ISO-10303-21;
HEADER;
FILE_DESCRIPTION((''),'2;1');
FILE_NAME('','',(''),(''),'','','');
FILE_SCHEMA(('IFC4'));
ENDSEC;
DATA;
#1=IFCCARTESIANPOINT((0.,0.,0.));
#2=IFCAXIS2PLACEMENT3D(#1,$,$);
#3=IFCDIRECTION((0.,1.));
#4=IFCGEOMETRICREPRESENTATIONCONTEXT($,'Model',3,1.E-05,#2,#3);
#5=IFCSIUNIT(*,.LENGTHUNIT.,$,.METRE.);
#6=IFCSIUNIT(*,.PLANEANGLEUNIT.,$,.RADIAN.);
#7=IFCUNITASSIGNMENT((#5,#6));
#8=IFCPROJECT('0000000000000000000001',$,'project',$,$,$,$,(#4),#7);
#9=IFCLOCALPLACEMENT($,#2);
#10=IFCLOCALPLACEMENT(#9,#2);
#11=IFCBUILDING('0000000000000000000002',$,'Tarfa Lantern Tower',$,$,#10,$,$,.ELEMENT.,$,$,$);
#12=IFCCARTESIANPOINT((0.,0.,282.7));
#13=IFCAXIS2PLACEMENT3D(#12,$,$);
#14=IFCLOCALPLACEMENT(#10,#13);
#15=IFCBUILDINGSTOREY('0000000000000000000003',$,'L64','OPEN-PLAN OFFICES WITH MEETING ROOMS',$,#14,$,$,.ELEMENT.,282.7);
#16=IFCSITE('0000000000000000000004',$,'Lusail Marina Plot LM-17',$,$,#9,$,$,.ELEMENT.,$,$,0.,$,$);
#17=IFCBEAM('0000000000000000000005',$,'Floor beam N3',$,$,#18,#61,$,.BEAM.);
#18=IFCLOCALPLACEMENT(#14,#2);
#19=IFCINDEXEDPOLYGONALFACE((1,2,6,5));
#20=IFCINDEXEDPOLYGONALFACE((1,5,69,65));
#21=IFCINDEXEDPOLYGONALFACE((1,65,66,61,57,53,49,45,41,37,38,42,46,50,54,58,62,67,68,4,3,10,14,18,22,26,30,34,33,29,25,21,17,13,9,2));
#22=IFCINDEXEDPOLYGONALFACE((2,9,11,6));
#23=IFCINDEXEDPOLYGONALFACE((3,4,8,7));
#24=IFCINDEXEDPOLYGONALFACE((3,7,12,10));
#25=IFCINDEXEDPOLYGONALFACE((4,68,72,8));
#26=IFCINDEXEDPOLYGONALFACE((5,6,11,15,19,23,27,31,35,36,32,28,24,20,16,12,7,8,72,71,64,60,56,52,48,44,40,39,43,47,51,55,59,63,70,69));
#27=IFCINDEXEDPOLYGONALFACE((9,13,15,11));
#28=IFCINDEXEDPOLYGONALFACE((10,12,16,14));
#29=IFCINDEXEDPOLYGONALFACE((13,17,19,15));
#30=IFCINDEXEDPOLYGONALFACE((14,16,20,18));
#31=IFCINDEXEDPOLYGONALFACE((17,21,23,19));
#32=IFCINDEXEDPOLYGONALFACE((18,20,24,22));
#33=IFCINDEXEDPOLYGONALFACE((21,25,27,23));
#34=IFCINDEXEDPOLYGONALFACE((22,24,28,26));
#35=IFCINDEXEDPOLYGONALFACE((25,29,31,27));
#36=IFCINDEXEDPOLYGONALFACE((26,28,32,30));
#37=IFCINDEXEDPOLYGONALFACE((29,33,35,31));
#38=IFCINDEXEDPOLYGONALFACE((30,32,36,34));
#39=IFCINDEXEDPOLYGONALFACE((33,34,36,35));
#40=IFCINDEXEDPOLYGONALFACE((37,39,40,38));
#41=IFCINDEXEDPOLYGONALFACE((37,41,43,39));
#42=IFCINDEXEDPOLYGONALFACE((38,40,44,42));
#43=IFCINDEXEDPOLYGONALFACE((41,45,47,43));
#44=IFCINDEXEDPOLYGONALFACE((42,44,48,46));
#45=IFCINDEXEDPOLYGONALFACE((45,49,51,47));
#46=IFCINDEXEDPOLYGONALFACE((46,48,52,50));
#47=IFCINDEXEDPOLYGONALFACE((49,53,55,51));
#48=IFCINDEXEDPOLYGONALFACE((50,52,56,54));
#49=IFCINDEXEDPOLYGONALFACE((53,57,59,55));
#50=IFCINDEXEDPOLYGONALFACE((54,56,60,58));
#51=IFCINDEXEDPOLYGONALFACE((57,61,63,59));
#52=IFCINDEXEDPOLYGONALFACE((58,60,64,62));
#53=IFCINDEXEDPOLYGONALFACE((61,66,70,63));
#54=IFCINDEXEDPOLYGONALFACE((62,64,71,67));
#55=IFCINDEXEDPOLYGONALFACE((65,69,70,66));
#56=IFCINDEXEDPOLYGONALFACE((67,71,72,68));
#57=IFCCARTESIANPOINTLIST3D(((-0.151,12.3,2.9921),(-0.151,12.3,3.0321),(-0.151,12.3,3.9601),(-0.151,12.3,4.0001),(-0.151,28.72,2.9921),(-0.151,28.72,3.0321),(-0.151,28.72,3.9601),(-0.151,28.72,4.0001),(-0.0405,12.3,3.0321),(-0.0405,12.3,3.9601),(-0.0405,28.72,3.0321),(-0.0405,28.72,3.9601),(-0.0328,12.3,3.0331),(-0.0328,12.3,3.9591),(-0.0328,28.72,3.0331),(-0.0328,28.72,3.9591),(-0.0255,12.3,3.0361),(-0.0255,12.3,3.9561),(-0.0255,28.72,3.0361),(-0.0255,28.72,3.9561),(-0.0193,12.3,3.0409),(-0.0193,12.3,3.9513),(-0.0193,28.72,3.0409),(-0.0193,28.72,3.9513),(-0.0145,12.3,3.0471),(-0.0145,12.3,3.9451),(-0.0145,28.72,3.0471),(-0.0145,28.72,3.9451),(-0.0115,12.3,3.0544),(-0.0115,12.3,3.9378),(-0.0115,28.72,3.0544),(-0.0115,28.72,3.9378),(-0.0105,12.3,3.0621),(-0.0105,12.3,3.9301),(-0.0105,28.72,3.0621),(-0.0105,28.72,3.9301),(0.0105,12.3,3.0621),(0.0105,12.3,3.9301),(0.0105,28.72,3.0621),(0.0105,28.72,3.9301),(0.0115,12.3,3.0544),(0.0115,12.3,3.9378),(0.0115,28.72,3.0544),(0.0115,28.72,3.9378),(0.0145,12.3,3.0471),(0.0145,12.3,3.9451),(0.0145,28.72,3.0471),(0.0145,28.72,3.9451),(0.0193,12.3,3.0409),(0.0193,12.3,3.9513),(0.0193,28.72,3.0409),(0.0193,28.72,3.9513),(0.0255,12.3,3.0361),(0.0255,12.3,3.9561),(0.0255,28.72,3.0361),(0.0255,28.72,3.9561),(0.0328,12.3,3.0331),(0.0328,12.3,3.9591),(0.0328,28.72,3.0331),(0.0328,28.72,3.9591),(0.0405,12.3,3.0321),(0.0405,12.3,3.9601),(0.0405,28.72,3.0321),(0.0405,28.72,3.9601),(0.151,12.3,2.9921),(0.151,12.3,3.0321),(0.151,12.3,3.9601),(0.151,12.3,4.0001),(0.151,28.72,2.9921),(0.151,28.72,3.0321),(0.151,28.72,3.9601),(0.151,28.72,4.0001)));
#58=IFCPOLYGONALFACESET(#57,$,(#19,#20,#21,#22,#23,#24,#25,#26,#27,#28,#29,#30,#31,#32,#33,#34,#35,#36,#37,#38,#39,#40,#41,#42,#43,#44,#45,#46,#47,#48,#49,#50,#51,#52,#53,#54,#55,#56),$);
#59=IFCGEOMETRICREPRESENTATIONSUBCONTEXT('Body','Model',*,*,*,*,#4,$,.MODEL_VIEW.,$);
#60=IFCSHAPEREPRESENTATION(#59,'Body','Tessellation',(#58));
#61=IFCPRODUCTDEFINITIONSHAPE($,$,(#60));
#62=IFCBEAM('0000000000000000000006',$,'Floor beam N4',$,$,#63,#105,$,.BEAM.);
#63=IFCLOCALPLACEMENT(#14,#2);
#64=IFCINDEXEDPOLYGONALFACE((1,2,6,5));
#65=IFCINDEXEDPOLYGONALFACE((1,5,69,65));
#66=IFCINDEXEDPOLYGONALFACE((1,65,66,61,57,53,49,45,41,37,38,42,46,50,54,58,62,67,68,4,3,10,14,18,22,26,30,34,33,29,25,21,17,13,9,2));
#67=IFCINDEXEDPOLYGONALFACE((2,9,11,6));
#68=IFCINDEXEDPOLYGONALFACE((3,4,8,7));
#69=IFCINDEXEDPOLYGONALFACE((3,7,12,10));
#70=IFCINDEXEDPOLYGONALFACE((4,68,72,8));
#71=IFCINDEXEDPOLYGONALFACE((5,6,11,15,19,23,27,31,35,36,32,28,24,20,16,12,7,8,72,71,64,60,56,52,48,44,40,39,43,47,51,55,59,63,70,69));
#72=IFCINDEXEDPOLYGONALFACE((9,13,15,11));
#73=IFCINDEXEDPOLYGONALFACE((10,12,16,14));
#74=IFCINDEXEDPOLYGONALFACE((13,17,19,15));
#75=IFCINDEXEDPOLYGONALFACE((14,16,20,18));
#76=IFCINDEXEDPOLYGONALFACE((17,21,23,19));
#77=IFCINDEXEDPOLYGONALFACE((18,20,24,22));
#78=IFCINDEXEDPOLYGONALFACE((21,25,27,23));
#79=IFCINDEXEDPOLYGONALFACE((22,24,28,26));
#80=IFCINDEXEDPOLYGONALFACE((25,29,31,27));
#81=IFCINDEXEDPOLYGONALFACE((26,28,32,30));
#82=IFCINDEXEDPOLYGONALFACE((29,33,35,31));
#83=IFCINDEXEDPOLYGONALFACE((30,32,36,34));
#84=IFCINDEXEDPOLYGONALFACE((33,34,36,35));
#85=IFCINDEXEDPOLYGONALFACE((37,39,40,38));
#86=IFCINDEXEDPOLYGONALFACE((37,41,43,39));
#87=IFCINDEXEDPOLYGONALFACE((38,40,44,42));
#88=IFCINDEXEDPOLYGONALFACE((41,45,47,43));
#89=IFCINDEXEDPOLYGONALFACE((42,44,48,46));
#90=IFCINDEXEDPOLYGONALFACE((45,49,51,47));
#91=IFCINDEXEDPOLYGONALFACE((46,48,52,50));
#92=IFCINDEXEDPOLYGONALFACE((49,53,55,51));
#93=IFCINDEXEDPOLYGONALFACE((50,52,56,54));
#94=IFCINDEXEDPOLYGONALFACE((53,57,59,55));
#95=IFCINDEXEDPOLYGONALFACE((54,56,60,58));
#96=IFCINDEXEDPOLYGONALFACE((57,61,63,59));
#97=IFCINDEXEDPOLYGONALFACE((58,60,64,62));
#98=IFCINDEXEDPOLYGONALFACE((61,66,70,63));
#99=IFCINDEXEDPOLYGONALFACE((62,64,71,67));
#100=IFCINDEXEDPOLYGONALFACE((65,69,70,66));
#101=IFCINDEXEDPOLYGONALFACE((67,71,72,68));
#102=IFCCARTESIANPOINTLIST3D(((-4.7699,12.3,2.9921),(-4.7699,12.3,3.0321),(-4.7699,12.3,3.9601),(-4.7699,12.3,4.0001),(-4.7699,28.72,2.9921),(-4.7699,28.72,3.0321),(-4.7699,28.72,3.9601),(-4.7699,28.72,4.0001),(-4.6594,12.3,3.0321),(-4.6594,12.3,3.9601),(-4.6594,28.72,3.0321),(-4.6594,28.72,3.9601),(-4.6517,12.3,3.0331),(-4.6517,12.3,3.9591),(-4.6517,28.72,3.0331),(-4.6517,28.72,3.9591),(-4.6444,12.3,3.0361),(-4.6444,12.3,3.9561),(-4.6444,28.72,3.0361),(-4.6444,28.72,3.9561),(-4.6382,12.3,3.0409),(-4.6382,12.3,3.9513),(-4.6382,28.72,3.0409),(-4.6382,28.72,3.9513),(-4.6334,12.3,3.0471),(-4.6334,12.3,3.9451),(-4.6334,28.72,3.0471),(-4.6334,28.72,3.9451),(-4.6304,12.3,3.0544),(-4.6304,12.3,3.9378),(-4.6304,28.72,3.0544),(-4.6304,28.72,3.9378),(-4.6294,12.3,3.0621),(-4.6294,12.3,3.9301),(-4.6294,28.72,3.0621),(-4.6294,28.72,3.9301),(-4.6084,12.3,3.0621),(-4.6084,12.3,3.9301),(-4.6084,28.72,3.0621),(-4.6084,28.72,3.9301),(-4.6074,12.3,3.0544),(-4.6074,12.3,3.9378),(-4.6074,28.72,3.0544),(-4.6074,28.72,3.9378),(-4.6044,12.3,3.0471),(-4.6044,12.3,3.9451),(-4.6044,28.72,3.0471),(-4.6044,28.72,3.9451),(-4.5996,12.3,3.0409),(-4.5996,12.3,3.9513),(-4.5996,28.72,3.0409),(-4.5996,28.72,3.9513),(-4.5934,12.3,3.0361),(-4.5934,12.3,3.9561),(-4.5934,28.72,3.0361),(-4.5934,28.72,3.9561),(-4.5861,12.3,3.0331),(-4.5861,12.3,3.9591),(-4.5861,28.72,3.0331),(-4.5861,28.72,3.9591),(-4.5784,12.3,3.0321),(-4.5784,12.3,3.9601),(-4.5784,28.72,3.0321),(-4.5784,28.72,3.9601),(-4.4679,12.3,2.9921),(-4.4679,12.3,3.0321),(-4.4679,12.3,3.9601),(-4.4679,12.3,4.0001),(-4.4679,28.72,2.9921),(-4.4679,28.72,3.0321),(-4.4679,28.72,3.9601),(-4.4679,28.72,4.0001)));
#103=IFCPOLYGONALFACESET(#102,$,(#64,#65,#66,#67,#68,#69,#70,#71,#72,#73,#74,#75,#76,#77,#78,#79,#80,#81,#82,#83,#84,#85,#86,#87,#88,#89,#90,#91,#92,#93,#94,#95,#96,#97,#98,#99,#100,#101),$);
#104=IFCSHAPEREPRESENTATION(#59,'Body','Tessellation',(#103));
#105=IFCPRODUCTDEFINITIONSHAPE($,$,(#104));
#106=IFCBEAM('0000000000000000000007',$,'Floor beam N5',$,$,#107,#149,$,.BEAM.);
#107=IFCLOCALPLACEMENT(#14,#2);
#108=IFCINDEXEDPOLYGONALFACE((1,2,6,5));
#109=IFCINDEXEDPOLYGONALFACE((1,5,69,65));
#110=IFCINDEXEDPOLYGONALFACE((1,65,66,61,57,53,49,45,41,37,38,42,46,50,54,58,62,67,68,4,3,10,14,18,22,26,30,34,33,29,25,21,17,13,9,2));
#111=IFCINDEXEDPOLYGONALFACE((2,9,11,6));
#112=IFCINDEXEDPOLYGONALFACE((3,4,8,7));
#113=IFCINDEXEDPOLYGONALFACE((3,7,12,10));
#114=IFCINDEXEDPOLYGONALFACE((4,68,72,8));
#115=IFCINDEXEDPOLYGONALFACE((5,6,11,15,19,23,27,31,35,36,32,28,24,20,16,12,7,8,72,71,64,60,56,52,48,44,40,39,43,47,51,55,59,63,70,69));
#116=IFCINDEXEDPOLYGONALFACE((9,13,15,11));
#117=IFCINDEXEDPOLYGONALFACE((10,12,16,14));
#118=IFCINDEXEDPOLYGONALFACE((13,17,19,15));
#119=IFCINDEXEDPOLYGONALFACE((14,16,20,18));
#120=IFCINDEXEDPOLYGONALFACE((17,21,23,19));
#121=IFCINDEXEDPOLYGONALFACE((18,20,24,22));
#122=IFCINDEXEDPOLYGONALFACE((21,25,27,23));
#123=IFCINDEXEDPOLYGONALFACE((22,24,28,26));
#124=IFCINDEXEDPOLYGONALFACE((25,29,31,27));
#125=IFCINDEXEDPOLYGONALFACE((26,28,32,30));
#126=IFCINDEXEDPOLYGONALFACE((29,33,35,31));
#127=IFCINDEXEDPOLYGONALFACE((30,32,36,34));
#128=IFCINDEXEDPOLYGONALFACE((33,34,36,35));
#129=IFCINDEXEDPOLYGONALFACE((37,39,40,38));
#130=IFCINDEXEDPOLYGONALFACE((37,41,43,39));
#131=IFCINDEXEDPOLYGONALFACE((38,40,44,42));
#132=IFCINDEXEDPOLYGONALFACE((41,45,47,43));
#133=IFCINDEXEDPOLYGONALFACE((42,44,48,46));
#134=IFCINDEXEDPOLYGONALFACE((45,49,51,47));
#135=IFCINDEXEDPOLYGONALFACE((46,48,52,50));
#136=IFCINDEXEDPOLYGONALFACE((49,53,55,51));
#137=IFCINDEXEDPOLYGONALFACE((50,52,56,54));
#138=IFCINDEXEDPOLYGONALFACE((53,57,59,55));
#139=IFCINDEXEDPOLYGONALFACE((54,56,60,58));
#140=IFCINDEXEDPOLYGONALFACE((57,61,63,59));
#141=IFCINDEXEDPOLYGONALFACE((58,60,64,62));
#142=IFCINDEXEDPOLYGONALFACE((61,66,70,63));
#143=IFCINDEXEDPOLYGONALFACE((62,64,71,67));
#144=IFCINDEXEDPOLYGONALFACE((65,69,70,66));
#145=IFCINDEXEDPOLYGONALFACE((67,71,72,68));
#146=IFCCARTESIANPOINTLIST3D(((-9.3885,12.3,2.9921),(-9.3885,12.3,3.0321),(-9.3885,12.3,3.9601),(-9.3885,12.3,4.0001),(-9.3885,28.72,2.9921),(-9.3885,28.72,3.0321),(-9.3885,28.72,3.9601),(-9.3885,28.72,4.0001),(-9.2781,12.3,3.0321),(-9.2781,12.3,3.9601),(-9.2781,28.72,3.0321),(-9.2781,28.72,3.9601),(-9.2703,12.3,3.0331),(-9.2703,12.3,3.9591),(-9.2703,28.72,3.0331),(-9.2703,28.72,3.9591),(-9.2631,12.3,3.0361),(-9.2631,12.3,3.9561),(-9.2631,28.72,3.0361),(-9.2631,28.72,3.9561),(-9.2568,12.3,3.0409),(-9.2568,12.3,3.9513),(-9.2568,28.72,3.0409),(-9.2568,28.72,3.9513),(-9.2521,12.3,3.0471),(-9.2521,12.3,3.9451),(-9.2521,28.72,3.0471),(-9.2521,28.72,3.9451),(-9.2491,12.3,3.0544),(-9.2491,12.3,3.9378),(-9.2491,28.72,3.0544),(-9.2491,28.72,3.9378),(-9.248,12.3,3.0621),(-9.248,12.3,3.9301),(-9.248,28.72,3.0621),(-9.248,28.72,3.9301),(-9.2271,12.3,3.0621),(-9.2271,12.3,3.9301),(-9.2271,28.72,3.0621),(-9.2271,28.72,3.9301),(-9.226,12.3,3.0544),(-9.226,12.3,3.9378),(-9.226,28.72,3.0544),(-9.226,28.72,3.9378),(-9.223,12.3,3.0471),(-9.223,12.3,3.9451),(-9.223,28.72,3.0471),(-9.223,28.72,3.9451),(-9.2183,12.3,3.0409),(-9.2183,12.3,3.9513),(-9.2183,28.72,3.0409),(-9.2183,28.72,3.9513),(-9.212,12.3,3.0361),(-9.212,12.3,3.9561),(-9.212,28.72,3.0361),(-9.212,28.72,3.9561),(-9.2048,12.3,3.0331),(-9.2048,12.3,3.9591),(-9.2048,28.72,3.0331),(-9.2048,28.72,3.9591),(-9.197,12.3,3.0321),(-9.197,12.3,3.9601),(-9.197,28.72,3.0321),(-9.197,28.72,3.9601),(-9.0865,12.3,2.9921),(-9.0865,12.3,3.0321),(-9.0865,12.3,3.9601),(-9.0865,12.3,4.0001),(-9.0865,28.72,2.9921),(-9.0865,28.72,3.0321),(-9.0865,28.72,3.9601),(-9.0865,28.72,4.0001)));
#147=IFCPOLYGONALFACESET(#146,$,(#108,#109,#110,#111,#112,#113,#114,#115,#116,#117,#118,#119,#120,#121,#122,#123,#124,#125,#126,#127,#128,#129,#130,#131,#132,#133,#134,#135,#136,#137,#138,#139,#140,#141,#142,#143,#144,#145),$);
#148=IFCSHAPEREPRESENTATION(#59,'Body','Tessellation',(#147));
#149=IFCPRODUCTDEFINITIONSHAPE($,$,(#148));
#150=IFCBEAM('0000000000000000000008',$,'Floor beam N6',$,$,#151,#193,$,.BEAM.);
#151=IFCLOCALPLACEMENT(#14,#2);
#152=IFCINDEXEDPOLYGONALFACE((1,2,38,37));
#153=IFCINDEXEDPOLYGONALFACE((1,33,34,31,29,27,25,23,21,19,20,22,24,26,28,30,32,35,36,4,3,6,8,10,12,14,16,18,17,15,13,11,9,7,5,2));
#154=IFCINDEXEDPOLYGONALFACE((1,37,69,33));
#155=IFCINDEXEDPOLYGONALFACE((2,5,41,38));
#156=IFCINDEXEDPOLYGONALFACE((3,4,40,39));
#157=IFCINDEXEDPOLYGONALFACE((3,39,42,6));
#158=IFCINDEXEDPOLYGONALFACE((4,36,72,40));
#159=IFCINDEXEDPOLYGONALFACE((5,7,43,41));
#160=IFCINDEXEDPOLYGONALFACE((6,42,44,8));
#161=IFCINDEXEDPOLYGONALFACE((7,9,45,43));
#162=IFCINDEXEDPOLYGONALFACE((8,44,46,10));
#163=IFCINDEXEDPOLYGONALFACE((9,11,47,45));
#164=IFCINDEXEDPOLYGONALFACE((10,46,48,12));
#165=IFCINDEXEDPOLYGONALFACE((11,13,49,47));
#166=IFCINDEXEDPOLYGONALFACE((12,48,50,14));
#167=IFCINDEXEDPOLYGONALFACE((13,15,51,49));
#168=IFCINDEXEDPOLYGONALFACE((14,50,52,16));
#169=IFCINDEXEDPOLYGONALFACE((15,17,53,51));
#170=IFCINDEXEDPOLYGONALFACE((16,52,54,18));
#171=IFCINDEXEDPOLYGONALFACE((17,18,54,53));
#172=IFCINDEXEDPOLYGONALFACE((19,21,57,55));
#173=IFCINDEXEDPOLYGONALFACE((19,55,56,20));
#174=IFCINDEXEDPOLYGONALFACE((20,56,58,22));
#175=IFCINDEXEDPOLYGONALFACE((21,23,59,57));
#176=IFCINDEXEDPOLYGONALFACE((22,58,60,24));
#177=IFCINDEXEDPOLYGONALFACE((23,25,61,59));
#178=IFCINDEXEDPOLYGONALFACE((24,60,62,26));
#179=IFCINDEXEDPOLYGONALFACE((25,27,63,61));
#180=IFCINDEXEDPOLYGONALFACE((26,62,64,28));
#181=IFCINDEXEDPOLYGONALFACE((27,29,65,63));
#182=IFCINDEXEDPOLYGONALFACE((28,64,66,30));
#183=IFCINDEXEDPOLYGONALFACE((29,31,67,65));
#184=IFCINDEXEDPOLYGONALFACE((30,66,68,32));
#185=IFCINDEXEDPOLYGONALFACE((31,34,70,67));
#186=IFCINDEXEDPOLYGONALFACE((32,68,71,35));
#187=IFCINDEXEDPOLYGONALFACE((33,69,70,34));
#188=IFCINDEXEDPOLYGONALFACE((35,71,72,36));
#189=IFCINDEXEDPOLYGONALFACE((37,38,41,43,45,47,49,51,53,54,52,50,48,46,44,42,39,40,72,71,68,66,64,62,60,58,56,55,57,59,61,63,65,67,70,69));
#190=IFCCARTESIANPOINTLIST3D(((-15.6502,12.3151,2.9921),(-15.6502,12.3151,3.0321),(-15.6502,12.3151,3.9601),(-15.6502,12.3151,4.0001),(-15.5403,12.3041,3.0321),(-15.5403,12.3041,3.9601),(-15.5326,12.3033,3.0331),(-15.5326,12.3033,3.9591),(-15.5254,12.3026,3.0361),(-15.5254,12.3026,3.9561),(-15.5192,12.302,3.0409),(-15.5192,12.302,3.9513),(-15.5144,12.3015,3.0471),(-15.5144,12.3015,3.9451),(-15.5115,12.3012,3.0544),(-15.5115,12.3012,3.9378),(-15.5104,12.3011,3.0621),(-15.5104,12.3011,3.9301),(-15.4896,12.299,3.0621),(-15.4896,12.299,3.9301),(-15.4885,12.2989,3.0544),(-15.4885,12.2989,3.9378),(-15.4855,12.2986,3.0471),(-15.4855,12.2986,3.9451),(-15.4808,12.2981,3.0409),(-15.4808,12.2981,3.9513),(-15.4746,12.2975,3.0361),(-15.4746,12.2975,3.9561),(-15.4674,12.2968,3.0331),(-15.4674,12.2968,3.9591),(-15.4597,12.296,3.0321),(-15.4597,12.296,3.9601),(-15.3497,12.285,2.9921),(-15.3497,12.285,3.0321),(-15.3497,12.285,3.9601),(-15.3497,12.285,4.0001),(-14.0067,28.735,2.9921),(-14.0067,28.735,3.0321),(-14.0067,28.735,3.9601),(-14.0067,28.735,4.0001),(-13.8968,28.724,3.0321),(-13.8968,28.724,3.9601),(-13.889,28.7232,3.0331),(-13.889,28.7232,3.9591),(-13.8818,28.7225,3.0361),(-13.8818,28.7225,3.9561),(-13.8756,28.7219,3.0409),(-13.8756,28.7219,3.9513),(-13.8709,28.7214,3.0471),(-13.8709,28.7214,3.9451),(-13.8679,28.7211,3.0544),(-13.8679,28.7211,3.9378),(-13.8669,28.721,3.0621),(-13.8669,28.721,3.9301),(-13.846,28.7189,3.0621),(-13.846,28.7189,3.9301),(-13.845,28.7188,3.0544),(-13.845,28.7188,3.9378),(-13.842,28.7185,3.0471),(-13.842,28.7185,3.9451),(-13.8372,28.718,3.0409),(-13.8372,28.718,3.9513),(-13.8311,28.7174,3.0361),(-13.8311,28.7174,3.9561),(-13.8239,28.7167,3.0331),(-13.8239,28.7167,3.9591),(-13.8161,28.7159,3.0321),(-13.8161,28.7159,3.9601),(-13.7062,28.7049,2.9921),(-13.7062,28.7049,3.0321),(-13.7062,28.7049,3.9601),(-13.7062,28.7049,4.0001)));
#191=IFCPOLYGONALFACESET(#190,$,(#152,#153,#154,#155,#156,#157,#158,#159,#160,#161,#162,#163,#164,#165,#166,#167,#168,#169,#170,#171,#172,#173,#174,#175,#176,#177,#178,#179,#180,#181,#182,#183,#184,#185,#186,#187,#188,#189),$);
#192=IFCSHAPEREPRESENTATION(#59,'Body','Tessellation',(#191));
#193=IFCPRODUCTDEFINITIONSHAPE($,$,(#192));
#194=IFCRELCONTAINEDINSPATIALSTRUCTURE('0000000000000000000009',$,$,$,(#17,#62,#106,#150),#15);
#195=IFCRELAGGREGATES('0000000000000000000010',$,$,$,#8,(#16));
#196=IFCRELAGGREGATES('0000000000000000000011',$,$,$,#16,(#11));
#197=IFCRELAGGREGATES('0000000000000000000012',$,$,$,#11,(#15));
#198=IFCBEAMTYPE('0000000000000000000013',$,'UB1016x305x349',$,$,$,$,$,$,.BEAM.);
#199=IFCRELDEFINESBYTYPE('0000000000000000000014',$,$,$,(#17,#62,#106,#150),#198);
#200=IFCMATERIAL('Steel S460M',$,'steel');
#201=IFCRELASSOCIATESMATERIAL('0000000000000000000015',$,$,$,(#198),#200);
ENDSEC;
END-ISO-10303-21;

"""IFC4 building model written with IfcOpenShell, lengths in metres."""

from ifc_helpers import new_model, si_unit, direction, frame, origin, origin_2d, place, context, subcontext, project, spatial, i_section, extrude, material, material_profile, profile_set, type_object, element, save


model = new_model("IFC4")

# Units and contexts
model_context = context("Model", 3, precision=1e-05, world=origin(), true_north=direction((0.0, 1.0)))
body_context = subcontext(model_context, "Body", "Model", "MODEL_VIEW")
ifc_project = project(units=[si_unit("LENGTHUNIT", "METRE"), si_unit("PLANEANGLEUNIT", "RADIAN")], contexts=[model_context])

# Site, building, storey
site_placement = place(None, origin())
site = spatial("IfcSite", under=ifc_project, at=site_placement, Name="Lusail Marina Plot LM-17", CompositionType="ELEMENT", RefElevation=0.0)
building_placement = place(site_placement, origin())
building = spatial("IfcBuilding", under=site, at=building_placement, Name="Tarfa Lantern Tower", CompositionType="ELEMENT")
storey_placement = place(building_placement, frame((0.0, 0.0, 282.7)))
storey = spatial("IfcBuildingStorey", under=building, at=storey_placement, Name="L64", Description="OPEN-PLAN OFFICES WITH MEETING ROOMS", CompositionType="ELEMENT", Elevation=282.7)

# Beams
ifc_material_1 = material(Name="Steel S460M", Category="steel")
ifc_material_profile_1 = material_profile(ifc_material_1, i_section(OverallWidth=0.302, OverallDepth=1.0081, WebThickness=0.021, FlangeThickness=0.04, FilletRadius=0.03, at=origin_2d()), Name="UB1016x305x349")
ifc_profile_set_1 = profile_set([ifc_material_profile_1], Name="Steel S460M")
beam_type_1 = type_object("IfcBeamType", Name="UB1016x305x349", PredefinedType="BEAM", material=ifc_profile_set_1)
for number, where, z_axis, x_axis, name in (
    (1, (0.0, 28.72, 3.4961), (0.0, -1.0, 0.0), (1.0, 0.0, 0.0), "Floor beam N3"),
    (2, (-4.6189, 28.72, 3.4961), (0.0, -1.0, 0.0), (1.0, 0.0, 0.0), "Floor beam N4"),
    (3, (-9.2375, 28.72, 3.4961), (0.0, -1.0, 0.0), (1.0, 0.0, 0.0), "Floor beam N5"),
):
    element("IfcBeam", number, at=place(storey_placement, frame(where, z_axis=z_axis, x_axis=x_axis)), inside=storey, type_object=beam_type_1, Name=name, PredefinedType="BEAM", context=body_context, shape_type="SweptSolid", body=[
        extrude(i_section(OverallWidth=0.302, OverallDepth=1.0081, WebThickness=0.021, FlangeThickness=0.04, FilletRadius=0.03, at=origin_2d()), origin(), (0.0, 0.0, 1.0), 16.4199),
    ])
beam_1_placement = place(storey_placement, frame((-13.8564, 28.72, 3.4961), z_axis=(-0.099597, -0.995028, 0.0), x_axis=(0.995028, -0.099597, 0.0)))
element("IfcBeam", 4, at=beam_1_placement, inside=storey, type_object=beam_type_1, Name="Floor beam N6", PredefinedType="BEAM", context=body_context, shape_type="SweptSolid", body=[
    extrude(i_section(OverallWidth=0.302, OverallDepth=1.0081, WebThickness=0.021, FlangeThickness=0.04, FilletRadius=0.03, at=origin_2d()), origin(), (0.0, 0.0, 1.0), 16.502),
])

save(model, "model.ifc")
